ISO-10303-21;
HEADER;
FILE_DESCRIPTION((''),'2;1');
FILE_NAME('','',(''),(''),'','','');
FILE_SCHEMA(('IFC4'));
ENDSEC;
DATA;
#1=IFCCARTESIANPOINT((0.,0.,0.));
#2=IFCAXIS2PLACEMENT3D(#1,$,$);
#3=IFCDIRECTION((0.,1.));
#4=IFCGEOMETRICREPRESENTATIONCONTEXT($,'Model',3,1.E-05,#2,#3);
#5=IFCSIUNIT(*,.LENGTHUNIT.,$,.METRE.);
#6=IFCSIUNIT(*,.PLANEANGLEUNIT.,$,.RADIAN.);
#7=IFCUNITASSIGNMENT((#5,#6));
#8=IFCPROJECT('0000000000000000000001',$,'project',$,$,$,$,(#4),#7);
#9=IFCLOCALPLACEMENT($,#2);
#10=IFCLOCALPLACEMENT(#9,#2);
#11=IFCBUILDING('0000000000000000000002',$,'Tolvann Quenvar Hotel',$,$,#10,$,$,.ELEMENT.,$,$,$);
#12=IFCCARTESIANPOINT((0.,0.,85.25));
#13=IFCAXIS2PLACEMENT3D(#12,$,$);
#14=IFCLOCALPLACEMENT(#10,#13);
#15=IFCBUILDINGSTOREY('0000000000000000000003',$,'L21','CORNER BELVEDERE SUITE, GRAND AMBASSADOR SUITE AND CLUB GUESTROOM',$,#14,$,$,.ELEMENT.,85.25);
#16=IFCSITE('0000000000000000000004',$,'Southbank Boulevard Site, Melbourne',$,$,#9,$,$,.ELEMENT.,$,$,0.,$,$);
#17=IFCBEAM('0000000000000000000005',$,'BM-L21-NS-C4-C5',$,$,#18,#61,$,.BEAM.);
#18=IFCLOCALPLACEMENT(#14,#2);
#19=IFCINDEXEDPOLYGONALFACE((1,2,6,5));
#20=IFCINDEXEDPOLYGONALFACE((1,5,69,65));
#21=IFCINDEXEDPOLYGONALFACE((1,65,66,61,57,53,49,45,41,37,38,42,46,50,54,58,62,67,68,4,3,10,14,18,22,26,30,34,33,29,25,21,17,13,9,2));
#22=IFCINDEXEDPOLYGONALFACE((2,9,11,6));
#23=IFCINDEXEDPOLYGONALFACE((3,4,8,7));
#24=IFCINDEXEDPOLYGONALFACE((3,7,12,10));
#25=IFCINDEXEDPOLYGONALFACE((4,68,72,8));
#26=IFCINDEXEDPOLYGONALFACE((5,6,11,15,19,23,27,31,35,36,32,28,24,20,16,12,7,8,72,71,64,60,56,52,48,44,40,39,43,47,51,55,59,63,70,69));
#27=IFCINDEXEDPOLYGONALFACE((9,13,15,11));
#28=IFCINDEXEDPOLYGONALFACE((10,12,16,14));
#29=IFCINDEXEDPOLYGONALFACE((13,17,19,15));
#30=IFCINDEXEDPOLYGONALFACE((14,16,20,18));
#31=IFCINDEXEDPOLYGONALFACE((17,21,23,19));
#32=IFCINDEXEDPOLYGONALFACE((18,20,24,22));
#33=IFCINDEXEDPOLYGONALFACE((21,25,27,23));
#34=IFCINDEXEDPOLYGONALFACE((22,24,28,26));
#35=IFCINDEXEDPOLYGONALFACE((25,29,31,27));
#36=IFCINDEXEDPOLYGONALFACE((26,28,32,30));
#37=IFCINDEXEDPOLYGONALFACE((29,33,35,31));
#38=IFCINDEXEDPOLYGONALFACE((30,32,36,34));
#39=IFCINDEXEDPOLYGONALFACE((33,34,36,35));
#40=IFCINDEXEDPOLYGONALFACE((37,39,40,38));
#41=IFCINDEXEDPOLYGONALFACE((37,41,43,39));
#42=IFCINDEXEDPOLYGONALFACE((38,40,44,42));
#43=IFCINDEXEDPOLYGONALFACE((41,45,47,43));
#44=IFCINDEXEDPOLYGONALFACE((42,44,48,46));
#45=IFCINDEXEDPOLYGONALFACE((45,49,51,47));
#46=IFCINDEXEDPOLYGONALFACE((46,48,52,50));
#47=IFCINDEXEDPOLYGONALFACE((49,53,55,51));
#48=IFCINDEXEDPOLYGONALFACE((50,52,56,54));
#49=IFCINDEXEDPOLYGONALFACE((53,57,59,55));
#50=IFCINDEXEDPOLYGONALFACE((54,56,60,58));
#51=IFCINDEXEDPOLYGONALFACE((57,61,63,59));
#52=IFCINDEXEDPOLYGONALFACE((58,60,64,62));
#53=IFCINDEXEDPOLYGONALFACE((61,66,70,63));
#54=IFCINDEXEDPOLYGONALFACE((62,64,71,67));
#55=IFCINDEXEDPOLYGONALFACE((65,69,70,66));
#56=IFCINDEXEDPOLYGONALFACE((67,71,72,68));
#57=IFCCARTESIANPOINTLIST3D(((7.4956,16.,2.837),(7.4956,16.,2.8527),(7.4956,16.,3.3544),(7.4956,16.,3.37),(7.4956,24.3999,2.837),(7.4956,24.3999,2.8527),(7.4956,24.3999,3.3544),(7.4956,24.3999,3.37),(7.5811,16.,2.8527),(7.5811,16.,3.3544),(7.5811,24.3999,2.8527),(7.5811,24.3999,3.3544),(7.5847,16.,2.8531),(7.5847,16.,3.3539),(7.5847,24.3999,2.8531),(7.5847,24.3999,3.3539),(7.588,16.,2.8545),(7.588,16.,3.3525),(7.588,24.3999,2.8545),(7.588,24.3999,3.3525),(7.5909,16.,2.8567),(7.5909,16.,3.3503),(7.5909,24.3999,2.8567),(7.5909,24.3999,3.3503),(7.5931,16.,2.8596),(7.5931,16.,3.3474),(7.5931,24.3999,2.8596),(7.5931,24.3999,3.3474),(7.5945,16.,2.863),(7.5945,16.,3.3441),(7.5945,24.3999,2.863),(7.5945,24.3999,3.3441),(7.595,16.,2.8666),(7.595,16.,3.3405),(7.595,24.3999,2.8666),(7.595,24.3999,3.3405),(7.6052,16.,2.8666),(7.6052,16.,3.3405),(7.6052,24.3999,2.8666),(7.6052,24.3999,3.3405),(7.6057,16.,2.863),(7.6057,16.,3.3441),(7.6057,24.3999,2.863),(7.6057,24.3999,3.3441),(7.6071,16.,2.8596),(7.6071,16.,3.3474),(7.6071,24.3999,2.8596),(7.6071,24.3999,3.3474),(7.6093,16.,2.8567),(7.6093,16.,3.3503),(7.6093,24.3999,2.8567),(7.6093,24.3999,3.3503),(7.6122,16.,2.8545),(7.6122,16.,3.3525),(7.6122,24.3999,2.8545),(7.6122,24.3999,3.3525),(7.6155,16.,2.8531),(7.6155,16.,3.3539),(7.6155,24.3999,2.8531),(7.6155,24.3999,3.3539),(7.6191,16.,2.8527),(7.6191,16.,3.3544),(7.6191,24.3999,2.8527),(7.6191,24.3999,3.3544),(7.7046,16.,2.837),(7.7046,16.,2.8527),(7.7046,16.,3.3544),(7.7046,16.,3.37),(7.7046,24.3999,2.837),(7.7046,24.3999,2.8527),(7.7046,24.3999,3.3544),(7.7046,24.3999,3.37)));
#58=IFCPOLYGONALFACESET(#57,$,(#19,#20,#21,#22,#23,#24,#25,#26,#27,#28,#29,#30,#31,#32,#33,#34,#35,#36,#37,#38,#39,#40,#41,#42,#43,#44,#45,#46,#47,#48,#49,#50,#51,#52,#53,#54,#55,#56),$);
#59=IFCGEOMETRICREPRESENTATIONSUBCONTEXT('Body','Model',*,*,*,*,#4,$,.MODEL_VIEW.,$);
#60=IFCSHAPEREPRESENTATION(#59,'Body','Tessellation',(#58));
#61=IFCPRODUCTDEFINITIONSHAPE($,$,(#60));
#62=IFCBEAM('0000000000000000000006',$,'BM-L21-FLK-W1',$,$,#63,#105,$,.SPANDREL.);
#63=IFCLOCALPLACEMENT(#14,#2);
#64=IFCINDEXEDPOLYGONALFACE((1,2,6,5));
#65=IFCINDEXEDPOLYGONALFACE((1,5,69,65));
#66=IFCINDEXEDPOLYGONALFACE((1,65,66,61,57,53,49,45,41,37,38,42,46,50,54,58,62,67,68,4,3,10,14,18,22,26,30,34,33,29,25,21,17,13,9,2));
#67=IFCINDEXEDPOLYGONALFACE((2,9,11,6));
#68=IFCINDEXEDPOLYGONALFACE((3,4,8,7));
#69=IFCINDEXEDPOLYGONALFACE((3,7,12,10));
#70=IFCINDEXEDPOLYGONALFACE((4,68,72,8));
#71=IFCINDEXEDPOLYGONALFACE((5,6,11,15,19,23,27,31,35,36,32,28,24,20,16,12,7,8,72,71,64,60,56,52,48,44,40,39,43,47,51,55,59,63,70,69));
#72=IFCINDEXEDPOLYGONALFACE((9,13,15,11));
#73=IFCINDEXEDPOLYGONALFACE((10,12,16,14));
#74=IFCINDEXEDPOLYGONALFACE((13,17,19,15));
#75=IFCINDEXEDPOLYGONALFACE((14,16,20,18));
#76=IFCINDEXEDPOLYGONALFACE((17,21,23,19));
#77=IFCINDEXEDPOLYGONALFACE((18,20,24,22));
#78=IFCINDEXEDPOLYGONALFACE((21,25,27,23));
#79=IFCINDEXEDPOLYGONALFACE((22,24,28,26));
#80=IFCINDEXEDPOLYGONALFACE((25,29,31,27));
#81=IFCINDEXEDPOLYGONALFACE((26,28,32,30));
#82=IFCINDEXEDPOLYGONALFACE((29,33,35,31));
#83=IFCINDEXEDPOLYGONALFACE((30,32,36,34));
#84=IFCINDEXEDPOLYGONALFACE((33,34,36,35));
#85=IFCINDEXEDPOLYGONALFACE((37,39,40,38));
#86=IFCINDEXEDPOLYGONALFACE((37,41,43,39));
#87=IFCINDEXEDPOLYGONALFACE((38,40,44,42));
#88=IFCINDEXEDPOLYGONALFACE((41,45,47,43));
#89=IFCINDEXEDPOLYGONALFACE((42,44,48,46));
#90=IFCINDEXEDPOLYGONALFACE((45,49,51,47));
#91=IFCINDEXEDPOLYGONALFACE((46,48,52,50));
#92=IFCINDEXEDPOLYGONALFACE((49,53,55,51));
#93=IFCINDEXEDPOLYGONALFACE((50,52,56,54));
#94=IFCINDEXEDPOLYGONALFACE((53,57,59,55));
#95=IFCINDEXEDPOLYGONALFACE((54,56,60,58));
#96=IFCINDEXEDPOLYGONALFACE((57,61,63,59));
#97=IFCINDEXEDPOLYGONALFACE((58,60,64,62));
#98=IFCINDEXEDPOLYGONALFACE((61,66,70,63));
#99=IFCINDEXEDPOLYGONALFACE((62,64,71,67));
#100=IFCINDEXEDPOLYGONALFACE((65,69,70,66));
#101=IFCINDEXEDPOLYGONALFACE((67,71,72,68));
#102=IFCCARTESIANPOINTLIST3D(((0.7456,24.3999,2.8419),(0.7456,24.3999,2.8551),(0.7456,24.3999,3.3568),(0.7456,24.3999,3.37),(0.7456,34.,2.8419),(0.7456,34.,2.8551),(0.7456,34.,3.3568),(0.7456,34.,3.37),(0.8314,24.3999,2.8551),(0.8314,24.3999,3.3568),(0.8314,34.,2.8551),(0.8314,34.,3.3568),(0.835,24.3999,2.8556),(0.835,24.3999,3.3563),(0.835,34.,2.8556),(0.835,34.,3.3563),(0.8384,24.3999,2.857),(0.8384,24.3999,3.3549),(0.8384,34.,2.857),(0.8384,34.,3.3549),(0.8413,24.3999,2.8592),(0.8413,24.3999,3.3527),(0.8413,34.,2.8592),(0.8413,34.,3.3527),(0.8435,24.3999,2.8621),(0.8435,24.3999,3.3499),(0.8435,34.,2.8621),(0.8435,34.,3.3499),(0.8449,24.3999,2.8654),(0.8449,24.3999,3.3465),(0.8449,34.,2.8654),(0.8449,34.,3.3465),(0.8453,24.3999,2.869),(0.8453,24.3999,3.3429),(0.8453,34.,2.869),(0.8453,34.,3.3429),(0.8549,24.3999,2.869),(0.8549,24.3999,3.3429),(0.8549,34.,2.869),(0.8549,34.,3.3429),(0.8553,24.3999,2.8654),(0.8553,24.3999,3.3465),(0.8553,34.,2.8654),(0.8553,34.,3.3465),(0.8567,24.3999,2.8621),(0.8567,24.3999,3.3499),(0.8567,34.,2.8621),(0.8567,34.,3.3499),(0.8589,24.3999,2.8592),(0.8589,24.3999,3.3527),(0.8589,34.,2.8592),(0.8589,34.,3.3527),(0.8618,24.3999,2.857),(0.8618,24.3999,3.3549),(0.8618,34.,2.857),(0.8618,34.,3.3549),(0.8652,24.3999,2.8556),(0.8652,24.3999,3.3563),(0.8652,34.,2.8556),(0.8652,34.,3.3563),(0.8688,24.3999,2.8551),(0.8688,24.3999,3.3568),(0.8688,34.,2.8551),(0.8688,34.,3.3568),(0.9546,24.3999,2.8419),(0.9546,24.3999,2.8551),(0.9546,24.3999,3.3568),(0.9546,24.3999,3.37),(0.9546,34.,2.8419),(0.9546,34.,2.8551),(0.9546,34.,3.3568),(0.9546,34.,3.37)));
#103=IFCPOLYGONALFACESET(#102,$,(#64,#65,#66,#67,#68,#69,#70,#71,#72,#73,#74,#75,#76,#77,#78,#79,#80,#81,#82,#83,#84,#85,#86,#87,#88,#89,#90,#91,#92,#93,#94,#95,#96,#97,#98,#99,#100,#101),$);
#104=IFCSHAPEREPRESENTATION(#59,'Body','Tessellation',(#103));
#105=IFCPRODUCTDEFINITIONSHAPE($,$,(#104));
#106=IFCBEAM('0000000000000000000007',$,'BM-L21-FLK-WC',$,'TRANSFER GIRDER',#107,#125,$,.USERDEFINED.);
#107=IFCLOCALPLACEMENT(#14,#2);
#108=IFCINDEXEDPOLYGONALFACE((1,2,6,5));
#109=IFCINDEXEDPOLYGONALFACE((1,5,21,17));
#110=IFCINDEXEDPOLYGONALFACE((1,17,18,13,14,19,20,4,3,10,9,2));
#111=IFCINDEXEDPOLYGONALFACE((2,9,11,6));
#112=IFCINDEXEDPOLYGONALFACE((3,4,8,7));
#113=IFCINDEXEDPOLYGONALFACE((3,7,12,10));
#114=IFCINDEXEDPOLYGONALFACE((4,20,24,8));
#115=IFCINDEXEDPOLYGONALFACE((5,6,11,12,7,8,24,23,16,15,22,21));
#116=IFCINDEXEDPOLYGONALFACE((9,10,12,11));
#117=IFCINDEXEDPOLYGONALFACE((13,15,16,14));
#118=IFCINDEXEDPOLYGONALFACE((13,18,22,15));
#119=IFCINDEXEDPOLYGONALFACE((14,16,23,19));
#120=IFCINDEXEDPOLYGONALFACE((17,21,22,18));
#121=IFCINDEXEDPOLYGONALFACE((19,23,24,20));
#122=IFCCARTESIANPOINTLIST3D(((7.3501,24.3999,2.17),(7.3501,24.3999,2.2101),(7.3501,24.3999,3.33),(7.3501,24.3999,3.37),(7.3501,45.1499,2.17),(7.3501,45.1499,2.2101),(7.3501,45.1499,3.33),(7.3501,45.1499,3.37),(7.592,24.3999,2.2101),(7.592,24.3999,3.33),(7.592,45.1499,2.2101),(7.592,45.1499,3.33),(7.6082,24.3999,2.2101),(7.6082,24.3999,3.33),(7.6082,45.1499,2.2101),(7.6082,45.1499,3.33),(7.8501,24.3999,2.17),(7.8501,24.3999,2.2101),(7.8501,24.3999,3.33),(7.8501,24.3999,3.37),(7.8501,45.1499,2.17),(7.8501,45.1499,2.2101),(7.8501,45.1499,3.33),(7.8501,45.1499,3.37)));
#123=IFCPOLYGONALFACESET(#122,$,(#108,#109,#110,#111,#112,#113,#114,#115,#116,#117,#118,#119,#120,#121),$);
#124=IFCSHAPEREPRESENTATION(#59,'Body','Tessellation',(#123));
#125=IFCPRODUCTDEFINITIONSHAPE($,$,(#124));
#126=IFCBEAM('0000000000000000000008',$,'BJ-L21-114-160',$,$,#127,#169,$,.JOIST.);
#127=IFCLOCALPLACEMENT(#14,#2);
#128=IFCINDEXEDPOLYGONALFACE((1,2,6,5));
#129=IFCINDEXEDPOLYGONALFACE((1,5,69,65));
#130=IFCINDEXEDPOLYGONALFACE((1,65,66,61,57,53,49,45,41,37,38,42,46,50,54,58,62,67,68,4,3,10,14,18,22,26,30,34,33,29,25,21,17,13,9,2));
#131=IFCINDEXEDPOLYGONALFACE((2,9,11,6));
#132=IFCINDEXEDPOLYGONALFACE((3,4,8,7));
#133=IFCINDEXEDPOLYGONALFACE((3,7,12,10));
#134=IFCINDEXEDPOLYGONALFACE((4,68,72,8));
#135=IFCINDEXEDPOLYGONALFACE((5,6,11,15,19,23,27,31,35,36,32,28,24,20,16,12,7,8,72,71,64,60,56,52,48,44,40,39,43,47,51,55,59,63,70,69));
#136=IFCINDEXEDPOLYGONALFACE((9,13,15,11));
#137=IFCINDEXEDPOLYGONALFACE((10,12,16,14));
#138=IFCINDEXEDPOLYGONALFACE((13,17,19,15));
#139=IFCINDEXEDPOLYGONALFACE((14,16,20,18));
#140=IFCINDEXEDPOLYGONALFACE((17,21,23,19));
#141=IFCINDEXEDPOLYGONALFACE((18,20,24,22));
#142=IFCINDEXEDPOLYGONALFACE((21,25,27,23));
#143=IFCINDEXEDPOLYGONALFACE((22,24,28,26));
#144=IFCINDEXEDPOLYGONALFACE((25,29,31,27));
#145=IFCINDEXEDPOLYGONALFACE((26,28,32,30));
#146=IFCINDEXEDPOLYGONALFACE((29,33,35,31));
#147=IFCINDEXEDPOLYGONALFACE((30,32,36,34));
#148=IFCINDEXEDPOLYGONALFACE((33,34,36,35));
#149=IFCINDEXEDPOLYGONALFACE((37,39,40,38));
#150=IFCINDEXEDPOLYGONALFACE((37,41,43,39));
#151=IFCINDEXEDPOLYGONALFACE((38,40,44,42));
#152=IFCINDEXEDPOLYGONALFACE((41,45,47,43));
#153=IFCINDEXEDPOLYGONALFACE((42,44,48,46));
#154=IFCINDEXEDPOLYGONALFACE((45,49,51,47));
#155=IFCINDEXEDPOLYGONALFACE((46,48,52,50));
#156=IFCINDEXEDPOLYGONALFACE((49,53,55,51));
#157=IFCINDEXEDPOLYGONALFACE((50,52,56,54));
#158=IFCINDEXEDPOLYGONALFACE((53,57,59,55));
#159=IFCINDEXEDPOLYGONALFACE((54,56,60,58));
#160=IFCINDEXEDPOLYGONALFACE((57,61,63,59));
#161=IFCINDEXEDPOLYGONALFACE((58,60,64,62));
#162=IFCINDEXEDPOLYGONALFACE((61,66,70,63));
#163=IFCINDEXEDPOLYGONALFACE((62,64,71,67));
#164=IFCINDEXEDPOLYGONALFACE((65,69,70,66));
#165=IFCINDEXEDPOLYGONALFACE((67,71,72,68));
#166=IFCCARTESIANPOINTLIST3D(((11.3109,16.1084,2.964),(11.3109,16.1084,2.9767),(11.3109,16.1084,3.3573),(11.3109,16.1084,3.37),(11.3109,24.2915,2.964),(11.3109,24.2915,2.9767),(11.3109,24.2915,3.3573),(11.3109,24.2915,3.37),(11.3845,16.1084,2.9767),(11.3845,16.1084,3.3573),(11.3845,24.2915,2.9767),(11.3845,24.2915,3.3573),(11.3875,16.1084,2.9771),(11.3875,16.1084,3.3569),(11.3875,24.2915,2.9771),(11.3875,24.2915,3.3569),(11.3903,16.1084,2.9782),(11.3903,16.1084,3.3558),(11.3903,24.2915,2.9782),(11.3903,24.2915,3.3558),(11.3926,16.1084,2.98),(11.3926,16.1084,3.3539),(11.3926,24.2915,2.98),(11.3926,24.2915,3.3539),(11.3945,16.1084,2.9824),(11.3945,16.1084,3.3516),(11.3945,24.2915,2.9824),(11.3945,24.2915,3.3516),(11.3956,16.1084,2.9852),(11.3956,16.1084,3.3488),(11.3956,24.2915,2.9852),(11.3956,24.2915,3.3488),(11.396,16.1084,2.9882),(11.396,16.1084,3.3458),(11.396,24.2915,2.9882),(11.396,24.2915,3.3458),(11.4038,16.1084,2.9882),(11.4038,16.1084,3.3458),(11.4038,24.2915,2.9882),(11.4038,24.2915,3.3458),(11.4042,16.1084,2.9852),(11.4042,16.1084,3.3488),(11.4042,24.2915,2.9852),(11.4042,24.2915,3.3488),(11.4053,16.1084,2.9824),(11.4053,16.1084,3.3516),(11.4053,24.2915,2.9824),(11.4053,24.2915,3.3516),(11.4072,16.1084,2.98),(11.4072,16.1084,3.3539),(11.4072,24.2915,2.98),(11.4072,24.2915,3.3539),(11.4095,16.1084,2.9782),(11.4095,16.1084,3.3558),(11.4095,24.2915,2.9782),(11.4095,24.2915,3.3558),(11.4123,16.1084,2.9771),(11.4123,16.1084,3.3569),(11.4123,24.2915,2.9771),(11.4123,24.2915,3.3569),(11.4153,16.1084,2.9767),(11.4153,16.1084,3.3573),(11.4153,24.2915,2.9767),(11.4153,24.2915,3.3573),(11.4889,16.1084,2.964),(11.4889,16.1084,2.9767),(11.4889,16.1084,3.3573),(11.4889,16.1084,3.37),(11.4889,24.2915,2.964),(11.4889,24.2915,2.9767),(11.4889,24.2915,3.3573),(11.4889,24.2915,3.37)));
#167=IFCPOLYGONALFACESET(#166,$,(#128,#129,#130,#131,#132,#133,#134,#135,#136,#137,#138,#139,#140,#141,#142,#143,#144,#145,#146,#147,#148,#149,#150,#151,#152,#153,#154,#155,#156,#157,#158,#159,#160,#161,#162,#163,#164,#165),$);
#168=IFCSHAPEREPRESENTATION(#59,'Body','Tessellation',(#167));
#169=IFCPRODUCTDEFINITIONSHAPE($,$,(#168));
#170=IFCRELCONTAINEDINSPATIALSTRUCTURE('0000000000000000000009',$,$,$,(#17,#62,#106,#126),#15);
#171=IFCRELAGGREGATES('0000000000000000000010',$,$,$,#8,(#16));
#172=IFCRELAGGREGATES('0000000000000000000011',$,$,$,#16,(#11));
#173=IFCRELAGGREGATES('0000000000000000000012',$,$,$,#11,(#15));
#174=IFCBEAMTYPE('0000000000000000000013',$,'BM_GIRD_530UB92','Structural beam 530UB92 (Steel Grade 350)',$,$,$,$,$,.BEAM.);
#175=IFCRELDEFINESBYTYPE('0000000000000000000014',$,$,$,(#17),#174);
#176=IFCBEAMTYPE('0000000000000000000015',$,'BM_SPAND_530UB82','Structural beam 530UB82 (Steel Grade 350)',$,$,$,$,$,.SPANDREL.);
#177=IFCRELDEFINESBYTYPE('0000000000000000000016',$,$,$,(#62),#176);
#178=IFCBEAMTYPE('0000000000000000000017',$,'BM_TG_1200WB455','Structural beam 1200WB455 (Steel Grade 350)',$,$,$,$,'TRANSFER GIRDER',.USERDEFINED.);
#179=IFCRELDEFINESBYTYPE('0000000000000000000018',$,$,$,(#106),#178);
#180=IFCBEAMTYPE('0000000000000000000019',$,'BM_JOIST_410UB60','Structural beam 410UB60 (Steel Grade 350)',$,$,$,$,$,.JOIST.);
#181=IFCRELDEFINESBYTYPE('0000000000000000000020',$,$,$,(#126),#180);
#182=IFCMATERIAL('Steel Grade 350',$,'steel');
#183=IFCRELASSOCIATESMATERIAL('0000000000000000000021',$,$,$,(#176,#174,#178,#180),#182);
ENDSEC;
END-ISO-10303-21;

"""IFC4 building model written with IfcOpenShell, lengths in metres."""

from ifc_helpers import new_model, si_unit, direction, frame, origin, origin_2d, place, context, subcontext, project, spatial, i_section, extrude, source, transform, mapped, material, material_profile, profile_set, type_object, type_shapes, element, save


model = new_model("IFC4")

# Units and contexts
model_context = context("Model", 3, precision=1e-05, world=origin(), true_north=direction((0.0, 1.0)))
body_context = subcontext(model_context, "Body", "Model", "MODEL_VIEW")
ifc_project = project(units=[si_unit("LENGTHUNIT", "METRE"), si_unit("PLANEANGLEUNIT", "RADIAN")], contexts=[model_context])

# Site, building, storey
site_placement = place(None, origin())
site = spatial("IfcSite", under=ifc_project, at=site_placement, Name="Southbank Boulevard Site, Melbourne", CompositionType="ELEMENT", RefElevation=0.0)
building_placement = place(site_placement, origin())
building = spatial("IfcBuilding", under=site, at=building_placement, Name="Tolvann Quenvar Hotel", CompositionType="ELEMENT")
storey_placement = place(building_placement, frame((0.0, 0.0, 85.25)))
storey = spatial("IfcBuildingStorey", under=building, at=storey_placement, Name="L21", Description="CORNER BELVEDERE SUITE, GRAND AMBASSADOR SUITE AND CLUB GUESTROOM", CompositionType="ELEMENT", Elevation=85.25)

# Shared definitions
ifc_material_1 = material(Name="Steel Grade 350", Category="steel")

# Beams
ifc_material_profile_1 = material_profile(ifc_material_1, i_section(OverallWidth=0.209, OverallDepth=0.5281, WebThickness=0.0095, FlangeThickness=0.0132, FilletRadius=0.0139, at=origin_2d()), Name="530UB82")
ifc_profile_set_1 = profile_set([ifc_material_profile_1], Name="Steel Grade 350")
beam_type_1 = type_object("IfcBeamType", Name="BM_SPAND_530UB82", Description="Structural beam 530UB82 (Steel Grade 350)", PredefinedType="SPANDREL", material=ifc_profile_set_1)
ifc_material_profile_2 = material_profile(ifc_material_1, i_section(OverallWidth=0.209, OverallDepth=0.533, WebThickness=0.0103, FlangeThickness=0.0156, FilletRadius=0.0139, at=origin_2d()), Name="530UB92")
ifc_profile_set_2 = profile_set([ifc_material_profile_2], Name="Steel Grade 350")
beam_type_2 = type_object("IfcBeamType", Name="BM_GIRD_530UB92", Description="Structural beam 530UB92 (Steel Grade 350)", PredefinedType="BEAM", material=ifc_profile_set_2)
shared_shape_1 = source(origin(), body_context, "Body", "SweptSolid", [
    extrude(i_section(OverallWidth=0.209, OverallDepth=0.533, WebThickness=0.0103, FlangeThickness=0.0156, FilletRadius=0.0139, at=origin_2d()), origin(), (0.0, 0.0, 1.0), 8.3999),
])
type_shapes(beam_type_2, [shared_shape_1])
beam_1_placement = place(storey_placement, frame((7.6001, 16.0, 3.1035), z_axis=(0.0, 1.0, 0.0), x_axis=(-1.0, 0.0, 0.0)))
element("IfcBeam", 1, at=beam_1_placement, inside=storey, type_object=beam_type_2, Name="BM-L21-NS-C4-C5", PredefinedType="BEAM", context=body_context, shape_type="MappedRepresentation", body=[
    mapped(shared_shape_1, transform((0.0, 0.0, 0.0), x_axis=(1.0, 0.0, 0.0), y_axis=(0.0, 1.0, 0.0), z_axis=(0.0, 0.0, 1.0), scale=1.0)),
])
shared_shape_2 = source(origin(), body_context, "Body", "SweptSolid", [
    extrude(i_section(OverallWidth=0.209, OverallDepth=0.5281, WebThickness=0.0095, FlangeThickness=0.0132, FilletRadius=0.0139, at=origin_2d()), origin(), (0.0, 0.0, 1.0), 9.6001),
])
beam_2_placement = place(storey_placement, frame((0.8501, 24.3999, 3.106), z_axis=(0.0, 1.0, 0.0), x_axis=(-1.0, 0.0, 0.0)))
element("IfcBeam", 2, at=beam_2_placement, inside=storey, type_object=beam_type_1, Name="BM-L21-FLK-W1", PredefinedType="SPANDREL", context=body_context, shape_type="MappedRepresentation", body=[
    mapped(shared_shape_2, transform((0.0, 0.0, 0.0), x_axis=(1.0, 0.0, 0.0), y_axis=(0.0, 1.0, 0.0), z_axis=(0.0, 0.0, 1.0), scale=1.0)),
])
ifc_material_profile_3 = material_profile(ifc_material_1, i_section(OverallWidth=0.5, OverallDepth=1.2, WebThickness=0.0161, FlangeThickness=0.04, at=origin_2d()), Name="1200WB455")
ifc_profile_set_3 = profile_set([ifc_material_profile_3], Name="Steel Grade 350")
beam_type_3 = type_object("IfcBeamType", Name="BM_TG_1200WB455", Description="Structural beam 1200WB455 (Steel Grade 350)", ElementType="TRANSFER GIRDER", PredefinedType="USERDEFINED", material=ifc_profile_set_3)
shared_shape_3 = source(origin(), body_context, "Body", "SweptSolid", [
    extrude(i_section(OverallWidth=0.5, OverallDepth=1.2, WebThickness=0.0161, FlangeThickness=0.04, at=origin_2d()), origin(), (0.0, 0.0, 1.0), 20.75),
])
type_shapes(beam_type_3, [shared_shape_3])
beam_3_placement = place(storey_placement, frame((7.6001, 24.3999, 2.77), z_axis=(0.0, 1.0, 0.0), x_axis=(-1.0, 0.0, 0.0)))
element("IfcBeam", 3, at=beam_3_placement, inside=storey, type_object=beam_type_3, Name="BM-L21-FLK-WC", ObjectType="TRANSFER GIRDER", PredefinedType="USERDEFINED", context=body_context, shape_type="MappedRepresentation", body=[
    mapped(shared_shape_3, transform((0.0, 0.0, 0.0), x_axis=(1.0, 0.0, 0.0), y_axis=(0.0, 1.0, 0.0), z_axis=(0.0, 0.0, 1.0), scale=1.0)),
])
ifc_material_profile_4 = material_profile(ifc_material_1, i_section(OverallWidth=0.178, OverallDepth=0.406, WebThickness=0.0078, FlangeThickness=0.0127, FilletRadius=0.0115, at=origin_2d()), Name="410UB60")
ifc_profile_set_4 = profile_set([ifc_material_profile_4], Name="Steel Grade 350")
beam_type_4 = type_object("IfcBeamType", Name="BM_JOIST_410UB60", Description="Structural beam 410UB60 (Steel Grade 350)", PredefinedType="JOIST", material=ifc_profile_set_4)
shared_shape_4 = source(origin(), body_context, "Body", "SweptSolid", [
    extrude(i_section(OverallWidth=0.178, OverallDepth=0.406, WebThickness=0.0078, FlangeThickness=0.0127, FilletRadius=0.0115, at=origin_2d()), origin(), (0.0, 0.0, 1.0), 8.1831),
])
beam_4_placement = place(storey_placement, frame((11.3999, 16.1084, 3.167), z_axis=(0.0, 1.0, 0.0), x_axis=(-1.0, 0.0, 0.0)))
element("IfcBeam", 4, at=beam_4_placement, inside=storey, type_object=beam_type_4, Name="BJ-L21-114-160", PredefinedType="JOIST", context=body_context, shape_type="MappedRepresentation", body=[
    mapped(shared_shape_4, transform((0.0, 0.0, 0.0), x_axis=(1.0, 0.0, 0.0), y_axis=(0.0, 1.0, 0.0), z_axis=(0.0, 0.0, 1.0), scale=1.0)),
])

save(model, "model.ifc")
